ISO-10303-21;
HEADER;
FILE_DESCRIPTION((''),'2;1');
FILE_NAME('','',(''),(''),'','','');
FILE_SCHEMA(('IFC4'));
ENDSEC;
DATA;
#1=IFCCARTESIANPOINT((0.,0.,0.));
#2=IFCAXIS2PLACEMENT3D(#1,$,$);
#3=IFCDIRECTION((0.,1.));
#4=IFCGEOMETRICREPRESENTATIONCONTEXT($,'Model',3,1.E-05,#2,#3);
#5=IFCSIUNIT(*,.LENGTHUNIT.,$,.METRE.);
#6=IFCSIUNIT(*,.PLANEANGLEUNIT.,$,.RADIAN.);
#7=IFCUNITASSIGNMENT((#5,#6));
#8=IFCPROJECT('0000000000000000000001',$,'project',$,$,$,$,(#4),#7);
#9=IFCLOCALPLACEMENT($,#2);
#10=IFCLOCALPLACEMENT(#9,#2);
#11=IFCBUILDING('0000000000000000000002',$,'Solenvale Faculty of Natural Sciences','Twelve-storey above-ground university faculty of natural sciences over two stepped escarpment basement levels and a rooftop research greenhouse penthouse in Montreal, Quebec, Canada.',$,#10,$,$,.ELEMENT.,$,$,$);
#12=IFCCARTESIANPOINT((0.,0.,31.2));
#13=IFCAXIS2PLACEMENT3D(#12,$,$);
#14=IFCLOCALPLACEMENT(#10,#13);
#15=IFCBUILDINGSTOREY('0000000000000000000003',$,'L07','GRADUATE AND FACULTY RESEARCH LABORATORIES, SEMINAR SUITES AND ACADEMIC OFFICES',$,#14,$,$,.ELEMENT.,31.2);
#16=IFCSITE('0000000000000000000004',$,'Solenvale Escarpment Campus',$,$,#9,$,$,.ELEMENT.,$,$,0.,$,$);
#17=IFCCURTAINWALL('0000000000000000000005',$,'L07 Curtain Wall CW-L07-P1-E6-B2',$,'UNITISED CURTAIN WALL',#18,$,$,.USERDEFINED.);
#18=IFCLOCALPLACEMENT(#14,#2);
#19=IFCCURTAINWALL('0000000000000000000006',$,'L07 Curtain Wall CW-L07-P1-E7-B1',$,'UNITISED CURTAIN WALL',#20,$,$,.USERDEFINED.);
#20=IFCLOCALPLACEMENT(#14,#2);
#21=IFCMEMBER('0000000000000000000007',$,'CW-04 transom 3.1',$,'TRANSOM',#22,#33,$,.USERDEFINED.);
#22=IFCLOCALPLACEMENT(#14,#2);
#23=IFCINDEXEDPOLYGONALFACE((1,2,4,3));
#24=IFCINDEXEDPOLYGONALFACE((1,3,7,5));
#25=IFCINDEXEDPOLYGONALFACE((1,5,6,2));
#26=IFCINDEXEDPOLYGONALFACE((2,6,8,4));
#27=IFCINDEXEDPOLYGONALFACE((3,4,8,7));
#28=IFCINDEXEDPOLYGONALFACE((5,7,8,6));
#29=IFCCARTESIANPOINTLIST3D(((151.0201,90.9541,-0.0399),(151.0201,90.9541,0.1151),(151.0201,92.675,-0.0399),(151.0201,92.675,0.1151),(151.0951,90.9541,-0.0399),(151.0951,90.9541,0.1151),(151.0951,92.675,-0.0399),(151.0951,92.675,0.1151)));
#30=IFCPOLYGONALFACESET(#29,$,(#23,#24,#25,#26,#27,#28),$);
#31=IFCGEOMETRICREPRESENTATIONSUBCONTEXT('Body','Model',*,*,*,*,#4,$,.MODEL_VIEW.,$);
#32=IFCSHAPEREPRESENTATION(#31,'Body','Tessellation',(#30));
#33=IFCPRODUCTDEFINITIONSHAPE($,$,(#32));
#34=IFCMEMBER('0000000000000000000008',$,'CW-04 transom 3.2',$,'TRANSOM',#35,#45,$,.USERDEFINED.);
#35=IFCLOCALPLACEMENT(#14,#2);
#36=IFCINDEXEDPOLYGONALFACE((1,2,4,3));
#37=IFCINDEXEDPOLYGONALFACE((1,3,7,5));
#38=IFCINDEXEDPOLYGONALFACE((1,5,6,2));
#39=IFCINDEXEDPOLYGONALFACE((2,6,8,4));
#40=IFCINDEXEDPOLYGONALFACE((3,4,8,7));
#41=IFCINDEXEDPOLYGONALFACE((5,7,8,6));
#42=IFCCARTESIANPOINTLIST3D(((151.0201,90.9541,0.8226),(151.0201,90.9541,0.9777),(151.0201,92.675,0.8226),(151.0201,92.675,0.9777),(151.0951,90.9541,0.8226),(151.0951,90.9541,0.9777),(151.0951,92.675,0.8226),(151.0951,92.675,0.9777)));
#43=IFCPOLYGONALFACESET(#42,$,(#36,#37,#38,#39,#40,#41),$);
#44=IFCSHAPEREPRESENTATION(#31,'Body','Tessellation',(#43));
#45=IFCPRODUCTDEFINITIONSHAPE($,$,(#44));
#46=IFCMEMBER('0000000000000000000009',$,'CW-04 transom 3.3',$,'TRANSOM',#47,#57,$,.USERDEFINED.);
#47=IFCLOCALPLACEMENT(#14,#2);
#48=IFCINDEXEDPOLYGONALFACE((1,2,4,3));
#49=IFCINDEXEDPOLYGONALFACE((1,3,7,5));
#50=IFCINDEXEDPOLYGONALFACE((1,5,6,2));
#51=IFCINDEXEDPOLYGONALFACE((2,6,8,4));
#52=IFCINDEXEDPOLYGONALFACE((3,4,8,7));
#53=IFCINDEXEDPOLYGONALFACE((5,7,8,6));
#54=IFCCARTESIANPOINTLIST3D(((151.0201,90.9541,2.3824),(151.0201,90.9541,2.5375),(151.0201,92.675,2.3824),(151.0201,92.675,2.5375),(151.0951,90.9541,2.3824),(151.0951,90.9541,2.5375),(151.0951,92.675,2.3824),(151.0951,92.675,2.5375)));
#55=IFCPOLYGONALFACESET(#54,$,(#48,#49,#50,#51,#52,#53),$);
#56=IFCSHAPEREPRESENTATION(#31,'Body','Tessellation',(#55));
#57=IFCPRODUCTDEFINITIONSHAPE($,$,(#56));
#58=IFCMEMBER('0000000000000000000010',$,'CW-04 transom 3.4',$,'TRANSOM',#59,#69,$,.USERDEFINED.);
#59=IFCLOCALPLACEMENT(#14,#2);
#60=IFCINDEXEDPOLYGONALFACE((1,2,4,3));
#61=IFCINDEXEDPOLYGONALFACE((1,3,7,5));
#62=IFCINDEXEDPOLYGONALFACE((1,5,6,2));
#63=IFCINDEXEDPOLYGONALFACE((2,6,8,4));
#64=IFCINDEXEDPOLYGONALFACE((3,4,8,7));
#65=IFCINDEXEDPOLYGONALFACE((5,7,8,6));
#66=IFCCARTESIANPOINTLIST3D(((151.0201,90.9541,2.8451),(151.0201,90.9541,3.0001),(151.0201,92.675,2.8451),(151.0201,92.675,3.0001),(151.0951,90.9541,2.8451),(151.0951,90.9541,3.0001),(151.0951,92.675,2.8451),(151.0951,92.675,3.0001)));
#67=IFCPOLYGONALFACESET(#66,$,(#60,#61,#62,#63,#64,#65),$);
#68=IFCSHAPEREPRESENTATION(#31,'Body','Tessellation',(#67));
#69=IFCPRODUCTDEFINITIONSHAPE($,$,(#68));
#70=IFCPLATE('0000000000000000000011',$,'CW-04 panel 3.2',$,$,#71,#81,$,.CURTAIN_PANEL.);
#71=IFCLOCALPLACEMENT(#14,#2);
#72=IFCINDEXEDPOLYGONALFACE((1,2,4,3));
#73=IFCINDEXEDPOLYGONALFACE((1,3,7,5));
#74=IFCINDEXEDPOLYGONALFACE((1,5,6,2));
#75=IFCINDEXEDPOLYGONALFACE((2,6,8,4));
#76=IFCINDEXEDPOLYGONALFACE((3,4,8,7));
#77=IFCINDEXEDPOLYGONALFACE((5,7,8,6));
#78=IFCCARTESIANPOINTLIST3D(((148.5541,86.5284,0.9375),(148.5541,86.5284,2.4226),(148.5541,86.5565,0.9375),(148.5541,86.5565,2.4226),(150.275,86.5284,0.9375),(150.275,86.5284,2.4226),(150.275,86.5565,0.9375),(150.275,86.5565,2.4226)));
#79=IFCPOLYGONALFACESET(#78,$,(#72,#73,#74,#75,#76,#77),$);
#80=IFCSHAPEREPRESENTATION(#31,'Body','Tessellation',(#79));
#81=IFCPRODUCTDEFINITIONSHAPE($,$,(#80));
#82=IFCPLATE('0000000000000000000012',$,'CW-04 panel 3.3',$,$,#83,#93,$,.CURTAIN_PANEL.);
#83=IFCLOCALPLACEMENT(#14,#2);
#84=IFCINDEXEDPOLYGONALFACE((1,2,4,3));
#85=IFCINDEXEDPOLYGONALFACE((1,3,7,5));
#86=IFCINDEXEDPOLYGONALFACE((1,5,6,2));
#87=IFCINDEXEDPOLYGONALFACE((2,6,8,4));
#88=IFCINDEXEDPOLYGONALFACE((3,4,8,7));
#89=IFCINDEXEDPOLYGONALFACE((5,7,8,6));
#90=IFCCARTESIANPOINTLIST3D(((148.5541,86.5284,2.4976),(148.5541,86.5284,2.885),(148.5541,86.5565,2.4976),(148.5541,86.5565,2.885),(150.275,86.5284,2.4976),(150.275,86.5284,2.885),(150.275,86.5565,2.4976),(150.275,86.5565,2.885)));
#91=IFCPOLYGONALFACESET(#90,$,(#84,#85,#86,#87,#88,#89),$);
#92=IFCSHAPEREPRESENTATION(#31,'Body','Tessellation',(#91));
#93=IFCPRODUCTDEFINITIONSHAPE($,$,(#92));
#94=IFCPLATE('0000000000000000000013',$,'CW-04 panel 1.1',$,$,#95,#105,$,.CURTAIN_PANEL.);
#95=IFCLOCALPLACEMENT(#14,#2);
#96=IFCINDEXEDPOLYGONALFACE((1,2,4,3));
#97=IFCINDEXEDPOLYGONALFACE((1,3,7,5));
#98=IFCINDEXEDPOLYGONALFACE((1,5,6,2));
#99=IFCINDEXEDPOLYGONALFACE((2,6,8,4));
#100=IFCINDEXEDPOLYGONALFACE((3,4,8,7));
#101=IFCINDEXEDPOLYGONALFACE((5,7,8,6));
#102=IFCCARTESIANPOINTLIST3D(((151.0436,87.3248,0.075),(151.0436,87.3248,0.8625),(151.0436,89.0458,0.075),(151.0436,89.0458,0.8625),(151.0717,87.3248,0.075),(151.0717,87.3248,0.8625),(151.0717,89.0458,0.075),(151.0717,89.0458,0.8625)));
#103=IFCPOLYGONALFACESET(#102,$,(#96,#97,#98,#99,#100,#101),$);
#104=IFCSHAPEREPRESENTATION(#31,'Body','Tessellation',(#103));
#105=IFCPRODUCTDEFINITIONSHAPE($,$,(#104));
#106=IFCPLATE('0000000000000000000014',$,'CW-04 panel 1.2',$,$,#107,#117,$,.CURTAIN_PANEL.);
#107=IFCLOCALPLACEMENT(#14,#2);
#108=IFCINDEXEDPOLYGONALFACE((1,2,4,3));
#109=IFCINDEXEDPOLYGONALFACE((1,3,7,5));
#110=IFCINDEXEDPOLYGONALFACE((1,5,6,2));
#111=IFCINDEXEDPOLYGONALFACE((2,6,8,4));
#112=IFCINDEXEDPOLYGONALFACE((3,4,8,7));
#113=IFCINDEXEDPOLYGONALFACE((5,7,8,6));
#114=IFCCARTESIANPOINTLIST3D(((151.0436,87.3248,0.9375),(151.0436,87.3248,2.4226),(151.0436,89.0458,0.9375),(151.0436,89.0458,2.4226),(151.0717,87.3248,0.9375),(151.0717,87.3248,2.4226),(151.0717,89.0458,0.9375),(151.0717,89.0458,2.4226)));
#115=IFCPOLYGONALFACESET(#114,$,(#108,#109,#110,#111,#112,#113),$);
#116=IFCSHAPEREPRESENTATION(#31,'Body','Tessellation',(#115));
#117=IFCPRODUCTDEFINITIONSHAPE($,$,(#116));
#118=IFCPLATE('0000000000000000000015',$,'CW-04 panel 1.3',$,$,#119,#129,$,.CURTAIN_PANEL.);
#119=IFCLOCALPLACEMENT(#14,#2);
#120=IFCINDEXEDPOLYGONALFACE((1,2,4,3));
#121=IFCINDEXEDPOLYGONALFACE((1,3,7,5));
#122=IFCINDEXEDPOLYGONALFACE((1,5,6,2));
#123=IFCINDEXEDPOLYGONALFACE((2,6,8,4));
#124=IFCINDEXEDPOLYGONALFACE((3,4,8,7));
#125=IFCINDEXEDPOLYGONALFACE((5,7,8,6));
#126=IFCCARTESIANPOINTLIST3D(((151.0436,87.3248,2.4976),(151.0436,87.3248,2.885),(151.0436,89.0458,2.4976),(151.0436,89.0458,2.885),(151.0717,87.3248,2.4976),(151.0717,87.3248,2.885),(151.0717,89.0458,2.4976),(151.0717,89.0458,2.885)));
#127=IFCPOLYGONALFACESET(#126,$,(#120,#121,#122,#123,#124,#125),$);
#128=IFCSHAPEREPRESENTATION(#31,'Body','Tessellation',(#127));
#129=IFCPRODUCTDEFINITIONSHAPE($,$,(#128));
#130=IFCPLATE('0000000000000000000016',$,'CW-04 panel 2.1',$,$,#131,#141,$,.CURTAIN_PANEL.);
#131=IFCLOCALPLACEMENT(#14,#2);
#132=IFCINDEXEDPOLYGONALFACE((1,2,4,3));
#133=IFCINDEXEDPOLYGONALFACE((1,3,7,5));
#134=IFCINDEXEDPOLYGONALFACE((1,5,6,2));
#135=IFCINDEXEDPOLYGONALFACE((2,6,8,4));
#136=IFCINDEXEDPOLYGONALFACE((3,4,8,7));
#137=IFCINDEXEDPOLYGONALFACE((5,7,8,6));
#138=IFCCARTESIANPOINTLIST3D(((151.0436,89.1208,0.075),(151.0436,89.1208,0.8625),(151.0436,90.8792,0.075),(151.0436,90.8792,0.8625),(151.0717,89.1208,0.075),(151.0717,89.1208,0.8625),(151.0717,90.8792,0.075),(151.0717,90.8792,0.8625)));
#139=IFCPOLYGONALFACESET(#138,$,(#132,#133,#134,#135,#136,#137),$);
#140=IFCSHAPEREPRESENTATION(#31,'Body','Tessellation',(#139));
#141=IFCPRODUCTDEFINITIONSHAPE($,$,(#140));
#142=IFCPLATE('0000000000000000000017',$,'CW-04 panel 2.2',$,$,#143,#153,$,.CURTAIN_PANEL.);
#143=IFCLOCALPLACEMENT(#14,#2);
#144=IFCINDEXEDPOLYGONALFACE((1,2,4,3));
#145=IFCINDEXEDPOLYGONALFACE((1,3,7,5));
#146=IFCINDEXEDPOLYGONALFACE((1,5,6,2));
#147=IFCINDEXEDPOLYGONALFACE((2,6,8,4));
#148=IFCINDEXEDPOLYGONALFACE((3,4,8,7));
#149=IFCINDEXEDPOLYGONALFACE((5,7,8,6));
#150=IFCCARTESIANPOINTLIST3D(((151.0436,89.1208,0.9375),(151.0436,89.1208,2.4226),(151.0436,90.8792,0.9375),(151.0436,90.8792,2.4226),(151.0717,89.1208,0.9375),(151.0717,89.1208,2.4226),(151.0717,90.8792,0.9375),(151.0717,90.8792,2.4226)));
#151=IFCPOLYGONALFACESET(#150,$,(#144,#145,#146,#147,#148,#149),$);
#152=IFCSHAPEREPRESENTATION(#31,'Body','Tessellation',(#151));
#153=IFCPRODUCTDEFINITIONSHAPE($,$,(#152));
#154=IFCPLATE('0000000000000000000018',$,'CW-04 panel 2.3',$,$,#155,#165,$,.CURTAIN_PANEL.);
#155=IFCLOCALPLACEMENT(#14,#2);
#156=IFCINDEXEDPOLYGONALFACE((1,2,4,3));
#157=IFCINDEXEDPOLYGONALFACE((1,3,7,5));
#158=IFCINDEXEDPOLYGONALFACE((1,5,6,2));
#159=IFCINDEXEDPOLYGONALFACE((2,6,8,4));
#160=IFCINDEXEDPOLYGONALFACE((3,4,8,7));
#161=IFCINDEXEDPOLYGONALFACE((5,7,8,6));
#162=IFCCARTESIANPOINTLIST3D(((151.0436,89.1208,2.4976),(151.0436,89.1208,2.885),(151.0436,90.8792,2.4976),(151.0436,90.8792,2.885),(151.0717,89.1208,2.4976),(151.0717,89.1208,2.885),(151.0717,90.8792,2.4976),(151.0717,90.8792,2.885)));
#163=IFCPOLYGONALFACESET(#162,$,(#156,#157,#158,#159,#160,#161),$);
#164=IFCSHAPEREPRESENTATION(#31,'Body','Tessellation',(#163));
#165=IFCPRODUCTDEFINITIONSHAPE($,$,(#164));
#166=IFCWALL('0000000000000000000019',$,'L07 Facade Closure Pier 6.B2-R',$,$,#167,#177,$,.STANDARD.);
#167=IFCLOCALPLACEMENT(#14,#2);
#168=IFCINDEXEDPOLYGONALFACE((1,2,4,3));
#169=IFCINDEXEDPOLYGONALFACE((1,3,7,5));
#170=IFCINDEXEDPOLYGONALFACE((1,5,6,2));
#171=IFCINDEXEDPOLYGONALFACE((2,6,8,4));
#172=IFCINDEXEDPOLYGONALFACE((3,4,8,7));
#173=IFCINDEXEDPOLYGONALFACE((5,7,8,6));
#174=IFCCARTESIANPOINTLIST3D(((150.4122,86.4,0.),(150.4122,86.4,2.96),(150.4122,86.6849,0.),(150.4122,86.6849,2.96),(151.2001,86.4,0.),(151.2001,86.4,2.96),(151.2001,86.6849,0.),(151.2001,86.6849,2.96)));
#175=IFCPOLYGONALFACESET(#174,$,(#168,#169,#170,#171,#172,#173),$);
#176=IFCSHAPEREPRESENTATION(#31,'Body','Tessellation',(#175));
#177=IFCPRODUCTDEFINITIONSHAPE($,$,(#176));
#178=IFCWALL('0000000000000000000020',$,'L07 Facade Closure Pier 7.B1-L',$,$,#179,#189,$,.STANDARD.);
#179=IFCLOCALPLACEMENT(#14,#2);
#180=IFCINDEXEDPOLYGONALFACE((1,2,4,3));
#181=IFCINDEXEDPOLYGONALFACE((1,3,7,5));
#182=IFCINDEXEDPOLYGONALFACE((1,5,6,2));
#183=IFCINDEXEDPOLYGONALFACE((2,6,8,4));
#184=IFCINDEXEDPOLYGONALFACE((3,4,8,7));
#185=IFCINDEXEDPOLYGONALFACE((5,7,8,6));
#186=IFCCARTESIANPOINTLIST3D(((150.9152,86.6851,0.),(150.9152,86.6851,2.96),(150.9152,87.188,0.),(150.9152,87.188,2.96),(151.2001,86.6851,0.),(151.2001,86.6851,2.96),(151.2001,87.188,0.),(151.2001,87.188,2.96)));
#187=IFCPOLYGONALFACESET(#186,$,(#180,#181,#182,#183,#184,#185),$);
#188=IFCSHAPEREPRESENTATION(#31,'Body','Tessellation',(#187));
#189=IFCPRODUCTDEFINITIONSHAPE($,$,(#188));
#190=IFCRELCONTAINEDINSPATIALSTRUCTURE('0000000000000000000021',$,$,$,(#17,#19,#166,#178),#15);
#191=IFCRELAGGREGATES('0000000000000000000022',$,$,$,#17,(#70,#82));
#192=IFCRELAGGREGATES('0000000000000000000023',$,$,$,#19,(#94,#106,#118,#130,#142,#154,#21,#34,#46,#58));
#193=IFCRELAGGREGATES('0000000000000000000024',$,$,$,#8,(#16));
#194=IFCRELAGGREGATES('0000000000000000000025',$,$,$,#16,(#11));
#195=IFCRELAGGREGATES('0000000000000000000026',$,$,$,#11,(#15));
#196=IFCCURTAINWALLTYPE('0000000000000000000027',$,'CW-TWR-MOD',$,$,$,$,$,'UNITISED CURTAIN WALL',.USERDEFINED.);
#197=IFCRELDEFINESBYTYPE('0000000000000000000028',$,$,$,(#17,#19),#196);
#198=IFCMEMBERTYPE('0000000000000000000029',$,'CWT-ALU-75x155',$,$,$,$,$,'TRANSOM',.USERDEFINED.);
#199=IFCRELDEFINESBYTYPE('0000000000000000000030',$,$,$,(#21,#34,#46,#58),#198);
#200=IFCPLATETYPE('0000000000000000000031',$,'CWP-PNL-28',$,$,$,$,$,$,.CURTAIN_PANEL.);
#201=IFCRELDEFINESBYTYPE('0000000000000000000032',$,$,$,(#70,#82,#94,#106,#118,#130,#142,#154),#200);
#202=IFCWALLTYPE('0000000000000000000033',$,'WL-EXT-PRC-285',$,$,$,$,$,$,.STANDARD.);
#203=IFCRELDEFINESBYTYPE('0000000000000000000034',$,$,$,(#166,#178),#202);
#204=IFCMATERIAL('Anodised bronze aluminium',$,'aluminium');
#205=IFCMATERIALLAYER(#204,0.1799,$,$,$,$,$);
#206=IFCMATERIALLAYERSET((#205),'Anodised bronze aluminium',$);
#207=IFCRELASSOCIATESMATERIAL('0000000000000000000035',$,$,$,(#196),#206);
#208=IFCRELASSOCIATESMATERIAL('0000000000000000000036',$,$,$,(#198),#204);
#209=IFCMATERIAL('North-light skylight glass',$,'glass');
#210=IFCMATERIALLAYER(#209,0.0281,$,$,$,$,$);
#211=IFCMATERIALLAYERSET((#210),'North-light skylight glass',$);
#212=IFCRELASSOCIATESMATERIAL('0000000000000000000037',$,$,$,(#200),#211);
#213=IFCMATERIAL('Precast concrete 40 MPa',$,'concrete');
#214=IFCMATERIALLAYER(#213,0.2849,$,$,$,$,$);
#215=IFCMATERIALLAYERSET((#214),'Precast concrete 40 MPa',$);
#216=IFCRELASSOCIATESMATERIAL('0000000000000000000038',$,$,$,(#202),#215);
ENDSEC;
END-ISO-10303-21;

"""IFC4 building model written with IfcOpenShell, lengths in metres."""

from ifc_helpers import new_model, si_unit, direction, frame, frame_2d, origin, origin_2d, place, context, subcontext, project, spatial, rectangle, extrude, material, layer, layer_set, material_profile, profile_set, type_object, element, aggregate, save


model = new_model("IFC4")

# Units and contexts
model_context = context("Model", 3, precision=1e-05, world=origin(), true_north=direction((0.0, 1.0)))
body_context = subcontext(model_context, "Body", "Model", "MODEL_VIEW")
ifc_project = project(units=[si_unit("LENGTHUNIT", "METRE"), si_unit("PLANEANGLEUNIT", "RADIAN")], contexts=[model_context])

# Site, building, storey
site_placement = place(None, origin())
site = spatial("IfcSite", under=ifc_project, at=site_placement, Name="Solenvale Escarpment Campus", CompositionType="ELEMENT", RefElevation=0.0)
building_placement = place(site_placement, origin())
building = spatial("IfcBuilding", under=site, at=building_placement, Name="Solenvale Faculty of Natural Sciences", Description="Twelve-storey above-ground university faculty of natural sciences over two stepped escarpment basement levels and a rooftop research greenhouse penthouse in Montreal, Quebec, Canada.", CompositionType="ELEMENT")
storey_placement = place(building_placement, frame((0.0, 0.0, 31.2)))
storey = spatial("IfcBuildingStorey", under=building, at=storey_placement, Name="L07", Description="GRADUATE AND FACULTY RESEARCH LABORATORIES, SEMINAR SUITES AND ACADEMIC OFFICES", CompositionType="ELEMENT", Elevation=31.2)

# Curtain wall
ifc_material_1 = material(Name="Anodised bronze aluminium", Category="aluminium")
ifc_layer_1 = layer(ifc_material_1, 0.1799)
ifc_layer_set_1 = layer_set([ifc_layer_1], Name="Anodised bronze aluminium")
curtain_wall_type = type_object("IfcCurtainWallType", Name="CW-TWR-MOD", ElementType="UNITISED CURTAIN WALL", PredefinedType="USERDEFINED", material=ifc_layer_set_1)
curtain_wall_1_placement = place(storey_placement, origin())
curtain_wall_1 = element("IfcCurtainWall", 1, at=curtain_wall_1_placement, inside=storey, type_object=curtain_wall_type, Name="L07 Curtain Wall CW-L07-P1-E6-B2", ObjectType="UNITISED CURTAIN WALL", PredefinedType="USERDEFINED")

# Curtain wall, members
curtain_wall_2_placement = place(storey_placement, origin())
curtain_wall_2 = element("IfcCurtainWall", 2, at=curtain_wall_2_placement, inside=storey, type_object=curtain_wall_type, Name="L07 Curtain Wall CW-L07-P1-E7-B1", ObjectType="UNITISED CURTAIN WALL", PredefinedType="USERDEFINED")
ifc_material_profile_1 = material_profile(ifc_material_1, rectangle(XDim=0.075, YDim=0.155, at=origin_2d()), Name="ALU-TRN-75x155")
ifc_profile_set_1 = profile_set([ifc_material_profile_1], Name="Anodised bronze aluminium")
member_type_1 = type_object("IfcMemberType", Name="CWT-ALU-75x155", ElementType="TRANSOM", PredefinedType="USERDEFINED", material=ifc_profile_set_1)
member_1_placement = place(storey_placement, frame((151.0576, 90.9541, 0.0376), z_axis=(0.0, 1.0, 0.0), x_axis=(-1.0, 0.0, 0.0)))
member_1 = element("IfcMember", 3, at=member_1_placement, type_object=member_type_1, Name="CW-04 transom 3.1", ObjectType="TRANSOM", PredefinedType="USERDEFINED", context=body_context, shape_type="SweptSolid", body=[
    extrude(rectangle(XDim=0.075, YDim=0.155, at=origin_2d()), origin(), (0.0, 0.0, 1.0), 1.7209),
])
member_2_placement = place(storey_placement, frame((151.0576, 90.9541, 0.9001), z_axis=(0.0, 1.0, 0.0), x_axis=(-1.0, 0.0, 0.0)))
member_2 = element("IfcMember", 4, at=member_2_placement, type_object=member_type_1, Name="CW-04 transom 3.2", ObjectType="TRANSOM", PredefinedType="USERDEFINED", context=body_context, shape_type="SweptSolid", body=[
    extrude(rectangle(XDim=0.075, YDim=0.155, at=origin_2d()), origin(), (0.0, 0.0, 1.0), 1.7209),
])
member_3_placement = place(storey_placement, frame((151.0576, 90.9541, 2.46), z_axis=(0.0, 1.0, 0.0), x_axis=(-1.0, 0.0, 0.0)))
member_3 = element("IfcMember", 5, at=member_3_placement, type_object=member_type_1, Name="CW-04 transom 3.3", ObjectType="TRANSOM", PredefinedType="USERDEFINED", context=body_context, shape_type="SweptSolid", body=[
    extrude(rectangle(XDim=0.075, YDim=0.155, at=origin_2d()), origin(), (0.0, 0.0, 1.0), 1.7209),
])
member_4_placement = place(storey_placement, frame((151.0576, 90.9541, 2.9226), z_axis=(0.0, 1.0, 0.0), x_axis=(-1.0, 0.0, 0.0)))
member_4 = element("IfcMember", 6, at=member_4_placement, type_object=member_type_1, Name="CW-04 transom 3.4", ObjectType="TRANSOM", PredefinedType="USERDEFINED", context=body_context, shape_type="SweptSolid", body=[
    extrude(rectangle(XDim=0.075, YDim=0.155, at=origin_2d()), origin(), (0.0, 0.0, 1.0), 1.7209),
])

# Plates
ifc_material_2 = material(Name="North-light skylight glass", Category="glass")
ifc_layer_2 = layer(ifc_material_2, 0.0281)
ifc_layer_set_2 = layer_set([ifc_layer_2], Name="North-light skylight glass")
plate_type = type_object("IfcPlateType", Name="CWP-PNL-28", PredefinedType="CURTAIN_PANEL", material=ifc_layer_set_2)
plate_1_placement = place(storey_placement, frame((149.4146, 86.5425, 0.9375), z_axis=(0.0, 0.0, 1.0), x_axis=(1.0, 0.0, 0.0)))
plate_1 = element("IfcPlate", 7, at=plate_1_placement, type_object=plate_type, Name="CW-04 panel 3.2", PredefinedType="CURTAIN_PANEL", context=body_context, shape_type="SweptSolid", body=[
    extrude(rectangle(XDim=1.7209, YDim=0.0281, at=origin_2d()), origin(), (0.0, 0.0, 1.0), 1.4851),
])
plate_2_placement = place(storey_placement, frame((149.4146, 86.5425, 2.4976), z_axis=(0.0, 0.0, 1.0), x_axis=(1.0, 0.0, 0.0)))
plate_2 = element("IfcPlate", 8, at=plate_2_placement, type_object=plate_type, Name="CW-04 panel 3.3", PredefinedType="CURTAIN_PANEL", context=body_context, shape_type="SweptSolid", body=[
    extrude(rectangle(XDim=1.7209, YDim=0.0281, at=origin_2d()), origin(), (0.0, 0.0, 1.0), 0.3875),
])
aggregate(curtain_wall_1, [plate_1, plate_2])
plate_3_placement = place(storey_placement, frame((151.0576, 88.1853, 0.075), z_axis=(0.0, 0.0, 1.0), x_axis=(0.0, 1.0, 0.0)))
plate_3 = element("IfcPlate", 9, at=plate_3_placement, type_object=plate_type, Name="CW-04 panel 1.1", PredefinedType="CURTAIN_PANEL", context=body_context, shape_type="SweptSolid", body=[
    extrude(rectangle(XDim=1.7209, YDim=0.0281, at=origin_2d()), origin(), (0.0, 0.0, 1.0), 0.7876),
])
plate_4_placement = place(storey_placement, frame((151.0576, 88.1853, 0.9375), z_axis=(0.0, 0.0, 1.0), x_axis=(0.0, 1.0, 0.0)))
plate_4 = element("IfcPlate", 10, at=plate_4_placement, type_object=plate_type, Name="CW-04 panel 1.2", PredefinedType="CURTAIN_PANEL", context=body_context, shape_type="SweptSolid", body=[
    extrude(rectangle(XDim=1.7209, YDim=0.0281, at=origin_2d()), origin(), (0.0, 0.0, 1.0), 1.4851),
])
plate_5_placement = place(storey_placement, frame((151.0576, 88.1853, 2.4976), z_axis=(0.0, 0.0, 1.0), x_axis=(0.0, 1.0, 0.0)))
plate_5 = element("IfcPlate", 11, at=plate_5_placement, type_object=plate_type, Name="CW-04 panel 1.3", PredefinedType="CURTAIN_PANEL", context=body_context, shape_type="SweptSolid", body=[
    extrude(rectangle(XDim=1.7209, YDim=0.0281, at=origin_2d()), origin(), (0.0, 0.0, 1.0), 0.3875),
])
plate_6_placement = place(storey_placement, frame((151.0576, 90.0, 0.075), z_axis=(0.0, 0.0, 1.0), x_axis=(0.0, 1.0, 0.0)))
plate_6 = element("IfcPlate", 12, at=plate_6_placement, type_object=plate_type, Name="CW-04 panel 2.1", PredefinedType="CURTAIN_PANEL", context=body_context, shape_type="SweptSolid", body=[
    extrude(rectangle(XDim=1.7583, YDim=0.0281, at=origin_2d()), origin(), (0.0, 0.0, 1.0), 0.7876),
])
plate_7_placement = place(storey_placement, frame((151.0576, 90.0, 0.9375), z_axis=(0.0, 0.0, 1.0), x_axis=(0.0, 1.0, 0.0)))
plate_7 = element("IfcPlate", 13, at=plate_7_placement, type_object=plate_type, Name="CW-04 panel 2.2", PredefinedType="CURTAIN_PANEL", context=body_context, shape_type="SweptSolid", body=[
    extrude(rectangle(XDim=1.7583, YDim=0.0281, at=origin_2d()), origin(), (0.0, 0.0, 1.0), 1.4851),
])
plate_8_placement = place(storey_placement, frame((151.0576, 90.0, 2.4976), z_axis=(0.0, 0.0, 1.0), x_axis=(0.0, 1.0, 0.0)))
plate_8 = element("IfcPlate", 14, at=plate_8_placement, type_object=plate_type, Name="CW-04 panel 2.3", PredefinedType="CURTAIN_PANEL", context=body_context, shape_type="SweptSolid", body=[
    extrude(rectangle(XDim=1.7583, YDim=0.0281, at=origin_2d()), origin(), (0.0, 0.0, 1.0), 0.3875),
])
aggregate(curtain_wall_2, [plate_3, plate_4, plate_5, plate_6, plate_7, plate_8, member_1, member_2, member_3, member_4])

# Walls
ifc_material_3 = material(Name="Precast concrete 40 MPa", Category="concrete")
ifc_layer_3 = layer(ifc_material_3, 0.2849)
ifc_layer_set_3 = layer_set([ifc_layer_3], Name="Precast concrete 40 MPa")
wall_type_1 = type_object("IfcWallType", Name="WL-EXT-PRC-285", PredefinedType="STANDARD", material=ifc_layer_set_3)
wall_1_placement = place(storey_placement, frame((150.4121, 86.5425, 0.0), z_axis=(0.0, 0.0, 1.0), x_axis=(1.0, 0.0, 0.0)))
element("IfcWall", 15, at=wall_1_placement, inside=storey, type_object=wall_type_1, Name="L07 Facade Closure Pier 6.B2-R", PredefinedType="STANDARD", context=body_context, shape_type="SweptSolid", body=[
    extrude(rectangle(XDim=0.7878, YDim=0.2849, at=frame_2d((0.394, 0.0))), origin(), (0.0, 0.0, 1.0), 2.96),
])
wall_2_placement = place(storey_placement, frame((151.0576, 86.6851, 0.0), z_axis=(0.0, 0.0, 1.0), x_axis=(0.0, 1.0, 0.0)))
element("IfcWall", 16, at=wall_2_placement, inside=storey, type_object=wall_type_1, Name="L07 Facade Closure Pier 7.B1-L", PredefinedType="STANDARD", context=body_context, shape_type="SweptSolid", body=[
    extrude(rectangle(XDim=0.5029, YDim=0.2849, at=frame_2d((0.2515, 0.0))), origin(), (0.0, 0.0, 1.0), 2.96),
])

save(model, "model.ifc")
